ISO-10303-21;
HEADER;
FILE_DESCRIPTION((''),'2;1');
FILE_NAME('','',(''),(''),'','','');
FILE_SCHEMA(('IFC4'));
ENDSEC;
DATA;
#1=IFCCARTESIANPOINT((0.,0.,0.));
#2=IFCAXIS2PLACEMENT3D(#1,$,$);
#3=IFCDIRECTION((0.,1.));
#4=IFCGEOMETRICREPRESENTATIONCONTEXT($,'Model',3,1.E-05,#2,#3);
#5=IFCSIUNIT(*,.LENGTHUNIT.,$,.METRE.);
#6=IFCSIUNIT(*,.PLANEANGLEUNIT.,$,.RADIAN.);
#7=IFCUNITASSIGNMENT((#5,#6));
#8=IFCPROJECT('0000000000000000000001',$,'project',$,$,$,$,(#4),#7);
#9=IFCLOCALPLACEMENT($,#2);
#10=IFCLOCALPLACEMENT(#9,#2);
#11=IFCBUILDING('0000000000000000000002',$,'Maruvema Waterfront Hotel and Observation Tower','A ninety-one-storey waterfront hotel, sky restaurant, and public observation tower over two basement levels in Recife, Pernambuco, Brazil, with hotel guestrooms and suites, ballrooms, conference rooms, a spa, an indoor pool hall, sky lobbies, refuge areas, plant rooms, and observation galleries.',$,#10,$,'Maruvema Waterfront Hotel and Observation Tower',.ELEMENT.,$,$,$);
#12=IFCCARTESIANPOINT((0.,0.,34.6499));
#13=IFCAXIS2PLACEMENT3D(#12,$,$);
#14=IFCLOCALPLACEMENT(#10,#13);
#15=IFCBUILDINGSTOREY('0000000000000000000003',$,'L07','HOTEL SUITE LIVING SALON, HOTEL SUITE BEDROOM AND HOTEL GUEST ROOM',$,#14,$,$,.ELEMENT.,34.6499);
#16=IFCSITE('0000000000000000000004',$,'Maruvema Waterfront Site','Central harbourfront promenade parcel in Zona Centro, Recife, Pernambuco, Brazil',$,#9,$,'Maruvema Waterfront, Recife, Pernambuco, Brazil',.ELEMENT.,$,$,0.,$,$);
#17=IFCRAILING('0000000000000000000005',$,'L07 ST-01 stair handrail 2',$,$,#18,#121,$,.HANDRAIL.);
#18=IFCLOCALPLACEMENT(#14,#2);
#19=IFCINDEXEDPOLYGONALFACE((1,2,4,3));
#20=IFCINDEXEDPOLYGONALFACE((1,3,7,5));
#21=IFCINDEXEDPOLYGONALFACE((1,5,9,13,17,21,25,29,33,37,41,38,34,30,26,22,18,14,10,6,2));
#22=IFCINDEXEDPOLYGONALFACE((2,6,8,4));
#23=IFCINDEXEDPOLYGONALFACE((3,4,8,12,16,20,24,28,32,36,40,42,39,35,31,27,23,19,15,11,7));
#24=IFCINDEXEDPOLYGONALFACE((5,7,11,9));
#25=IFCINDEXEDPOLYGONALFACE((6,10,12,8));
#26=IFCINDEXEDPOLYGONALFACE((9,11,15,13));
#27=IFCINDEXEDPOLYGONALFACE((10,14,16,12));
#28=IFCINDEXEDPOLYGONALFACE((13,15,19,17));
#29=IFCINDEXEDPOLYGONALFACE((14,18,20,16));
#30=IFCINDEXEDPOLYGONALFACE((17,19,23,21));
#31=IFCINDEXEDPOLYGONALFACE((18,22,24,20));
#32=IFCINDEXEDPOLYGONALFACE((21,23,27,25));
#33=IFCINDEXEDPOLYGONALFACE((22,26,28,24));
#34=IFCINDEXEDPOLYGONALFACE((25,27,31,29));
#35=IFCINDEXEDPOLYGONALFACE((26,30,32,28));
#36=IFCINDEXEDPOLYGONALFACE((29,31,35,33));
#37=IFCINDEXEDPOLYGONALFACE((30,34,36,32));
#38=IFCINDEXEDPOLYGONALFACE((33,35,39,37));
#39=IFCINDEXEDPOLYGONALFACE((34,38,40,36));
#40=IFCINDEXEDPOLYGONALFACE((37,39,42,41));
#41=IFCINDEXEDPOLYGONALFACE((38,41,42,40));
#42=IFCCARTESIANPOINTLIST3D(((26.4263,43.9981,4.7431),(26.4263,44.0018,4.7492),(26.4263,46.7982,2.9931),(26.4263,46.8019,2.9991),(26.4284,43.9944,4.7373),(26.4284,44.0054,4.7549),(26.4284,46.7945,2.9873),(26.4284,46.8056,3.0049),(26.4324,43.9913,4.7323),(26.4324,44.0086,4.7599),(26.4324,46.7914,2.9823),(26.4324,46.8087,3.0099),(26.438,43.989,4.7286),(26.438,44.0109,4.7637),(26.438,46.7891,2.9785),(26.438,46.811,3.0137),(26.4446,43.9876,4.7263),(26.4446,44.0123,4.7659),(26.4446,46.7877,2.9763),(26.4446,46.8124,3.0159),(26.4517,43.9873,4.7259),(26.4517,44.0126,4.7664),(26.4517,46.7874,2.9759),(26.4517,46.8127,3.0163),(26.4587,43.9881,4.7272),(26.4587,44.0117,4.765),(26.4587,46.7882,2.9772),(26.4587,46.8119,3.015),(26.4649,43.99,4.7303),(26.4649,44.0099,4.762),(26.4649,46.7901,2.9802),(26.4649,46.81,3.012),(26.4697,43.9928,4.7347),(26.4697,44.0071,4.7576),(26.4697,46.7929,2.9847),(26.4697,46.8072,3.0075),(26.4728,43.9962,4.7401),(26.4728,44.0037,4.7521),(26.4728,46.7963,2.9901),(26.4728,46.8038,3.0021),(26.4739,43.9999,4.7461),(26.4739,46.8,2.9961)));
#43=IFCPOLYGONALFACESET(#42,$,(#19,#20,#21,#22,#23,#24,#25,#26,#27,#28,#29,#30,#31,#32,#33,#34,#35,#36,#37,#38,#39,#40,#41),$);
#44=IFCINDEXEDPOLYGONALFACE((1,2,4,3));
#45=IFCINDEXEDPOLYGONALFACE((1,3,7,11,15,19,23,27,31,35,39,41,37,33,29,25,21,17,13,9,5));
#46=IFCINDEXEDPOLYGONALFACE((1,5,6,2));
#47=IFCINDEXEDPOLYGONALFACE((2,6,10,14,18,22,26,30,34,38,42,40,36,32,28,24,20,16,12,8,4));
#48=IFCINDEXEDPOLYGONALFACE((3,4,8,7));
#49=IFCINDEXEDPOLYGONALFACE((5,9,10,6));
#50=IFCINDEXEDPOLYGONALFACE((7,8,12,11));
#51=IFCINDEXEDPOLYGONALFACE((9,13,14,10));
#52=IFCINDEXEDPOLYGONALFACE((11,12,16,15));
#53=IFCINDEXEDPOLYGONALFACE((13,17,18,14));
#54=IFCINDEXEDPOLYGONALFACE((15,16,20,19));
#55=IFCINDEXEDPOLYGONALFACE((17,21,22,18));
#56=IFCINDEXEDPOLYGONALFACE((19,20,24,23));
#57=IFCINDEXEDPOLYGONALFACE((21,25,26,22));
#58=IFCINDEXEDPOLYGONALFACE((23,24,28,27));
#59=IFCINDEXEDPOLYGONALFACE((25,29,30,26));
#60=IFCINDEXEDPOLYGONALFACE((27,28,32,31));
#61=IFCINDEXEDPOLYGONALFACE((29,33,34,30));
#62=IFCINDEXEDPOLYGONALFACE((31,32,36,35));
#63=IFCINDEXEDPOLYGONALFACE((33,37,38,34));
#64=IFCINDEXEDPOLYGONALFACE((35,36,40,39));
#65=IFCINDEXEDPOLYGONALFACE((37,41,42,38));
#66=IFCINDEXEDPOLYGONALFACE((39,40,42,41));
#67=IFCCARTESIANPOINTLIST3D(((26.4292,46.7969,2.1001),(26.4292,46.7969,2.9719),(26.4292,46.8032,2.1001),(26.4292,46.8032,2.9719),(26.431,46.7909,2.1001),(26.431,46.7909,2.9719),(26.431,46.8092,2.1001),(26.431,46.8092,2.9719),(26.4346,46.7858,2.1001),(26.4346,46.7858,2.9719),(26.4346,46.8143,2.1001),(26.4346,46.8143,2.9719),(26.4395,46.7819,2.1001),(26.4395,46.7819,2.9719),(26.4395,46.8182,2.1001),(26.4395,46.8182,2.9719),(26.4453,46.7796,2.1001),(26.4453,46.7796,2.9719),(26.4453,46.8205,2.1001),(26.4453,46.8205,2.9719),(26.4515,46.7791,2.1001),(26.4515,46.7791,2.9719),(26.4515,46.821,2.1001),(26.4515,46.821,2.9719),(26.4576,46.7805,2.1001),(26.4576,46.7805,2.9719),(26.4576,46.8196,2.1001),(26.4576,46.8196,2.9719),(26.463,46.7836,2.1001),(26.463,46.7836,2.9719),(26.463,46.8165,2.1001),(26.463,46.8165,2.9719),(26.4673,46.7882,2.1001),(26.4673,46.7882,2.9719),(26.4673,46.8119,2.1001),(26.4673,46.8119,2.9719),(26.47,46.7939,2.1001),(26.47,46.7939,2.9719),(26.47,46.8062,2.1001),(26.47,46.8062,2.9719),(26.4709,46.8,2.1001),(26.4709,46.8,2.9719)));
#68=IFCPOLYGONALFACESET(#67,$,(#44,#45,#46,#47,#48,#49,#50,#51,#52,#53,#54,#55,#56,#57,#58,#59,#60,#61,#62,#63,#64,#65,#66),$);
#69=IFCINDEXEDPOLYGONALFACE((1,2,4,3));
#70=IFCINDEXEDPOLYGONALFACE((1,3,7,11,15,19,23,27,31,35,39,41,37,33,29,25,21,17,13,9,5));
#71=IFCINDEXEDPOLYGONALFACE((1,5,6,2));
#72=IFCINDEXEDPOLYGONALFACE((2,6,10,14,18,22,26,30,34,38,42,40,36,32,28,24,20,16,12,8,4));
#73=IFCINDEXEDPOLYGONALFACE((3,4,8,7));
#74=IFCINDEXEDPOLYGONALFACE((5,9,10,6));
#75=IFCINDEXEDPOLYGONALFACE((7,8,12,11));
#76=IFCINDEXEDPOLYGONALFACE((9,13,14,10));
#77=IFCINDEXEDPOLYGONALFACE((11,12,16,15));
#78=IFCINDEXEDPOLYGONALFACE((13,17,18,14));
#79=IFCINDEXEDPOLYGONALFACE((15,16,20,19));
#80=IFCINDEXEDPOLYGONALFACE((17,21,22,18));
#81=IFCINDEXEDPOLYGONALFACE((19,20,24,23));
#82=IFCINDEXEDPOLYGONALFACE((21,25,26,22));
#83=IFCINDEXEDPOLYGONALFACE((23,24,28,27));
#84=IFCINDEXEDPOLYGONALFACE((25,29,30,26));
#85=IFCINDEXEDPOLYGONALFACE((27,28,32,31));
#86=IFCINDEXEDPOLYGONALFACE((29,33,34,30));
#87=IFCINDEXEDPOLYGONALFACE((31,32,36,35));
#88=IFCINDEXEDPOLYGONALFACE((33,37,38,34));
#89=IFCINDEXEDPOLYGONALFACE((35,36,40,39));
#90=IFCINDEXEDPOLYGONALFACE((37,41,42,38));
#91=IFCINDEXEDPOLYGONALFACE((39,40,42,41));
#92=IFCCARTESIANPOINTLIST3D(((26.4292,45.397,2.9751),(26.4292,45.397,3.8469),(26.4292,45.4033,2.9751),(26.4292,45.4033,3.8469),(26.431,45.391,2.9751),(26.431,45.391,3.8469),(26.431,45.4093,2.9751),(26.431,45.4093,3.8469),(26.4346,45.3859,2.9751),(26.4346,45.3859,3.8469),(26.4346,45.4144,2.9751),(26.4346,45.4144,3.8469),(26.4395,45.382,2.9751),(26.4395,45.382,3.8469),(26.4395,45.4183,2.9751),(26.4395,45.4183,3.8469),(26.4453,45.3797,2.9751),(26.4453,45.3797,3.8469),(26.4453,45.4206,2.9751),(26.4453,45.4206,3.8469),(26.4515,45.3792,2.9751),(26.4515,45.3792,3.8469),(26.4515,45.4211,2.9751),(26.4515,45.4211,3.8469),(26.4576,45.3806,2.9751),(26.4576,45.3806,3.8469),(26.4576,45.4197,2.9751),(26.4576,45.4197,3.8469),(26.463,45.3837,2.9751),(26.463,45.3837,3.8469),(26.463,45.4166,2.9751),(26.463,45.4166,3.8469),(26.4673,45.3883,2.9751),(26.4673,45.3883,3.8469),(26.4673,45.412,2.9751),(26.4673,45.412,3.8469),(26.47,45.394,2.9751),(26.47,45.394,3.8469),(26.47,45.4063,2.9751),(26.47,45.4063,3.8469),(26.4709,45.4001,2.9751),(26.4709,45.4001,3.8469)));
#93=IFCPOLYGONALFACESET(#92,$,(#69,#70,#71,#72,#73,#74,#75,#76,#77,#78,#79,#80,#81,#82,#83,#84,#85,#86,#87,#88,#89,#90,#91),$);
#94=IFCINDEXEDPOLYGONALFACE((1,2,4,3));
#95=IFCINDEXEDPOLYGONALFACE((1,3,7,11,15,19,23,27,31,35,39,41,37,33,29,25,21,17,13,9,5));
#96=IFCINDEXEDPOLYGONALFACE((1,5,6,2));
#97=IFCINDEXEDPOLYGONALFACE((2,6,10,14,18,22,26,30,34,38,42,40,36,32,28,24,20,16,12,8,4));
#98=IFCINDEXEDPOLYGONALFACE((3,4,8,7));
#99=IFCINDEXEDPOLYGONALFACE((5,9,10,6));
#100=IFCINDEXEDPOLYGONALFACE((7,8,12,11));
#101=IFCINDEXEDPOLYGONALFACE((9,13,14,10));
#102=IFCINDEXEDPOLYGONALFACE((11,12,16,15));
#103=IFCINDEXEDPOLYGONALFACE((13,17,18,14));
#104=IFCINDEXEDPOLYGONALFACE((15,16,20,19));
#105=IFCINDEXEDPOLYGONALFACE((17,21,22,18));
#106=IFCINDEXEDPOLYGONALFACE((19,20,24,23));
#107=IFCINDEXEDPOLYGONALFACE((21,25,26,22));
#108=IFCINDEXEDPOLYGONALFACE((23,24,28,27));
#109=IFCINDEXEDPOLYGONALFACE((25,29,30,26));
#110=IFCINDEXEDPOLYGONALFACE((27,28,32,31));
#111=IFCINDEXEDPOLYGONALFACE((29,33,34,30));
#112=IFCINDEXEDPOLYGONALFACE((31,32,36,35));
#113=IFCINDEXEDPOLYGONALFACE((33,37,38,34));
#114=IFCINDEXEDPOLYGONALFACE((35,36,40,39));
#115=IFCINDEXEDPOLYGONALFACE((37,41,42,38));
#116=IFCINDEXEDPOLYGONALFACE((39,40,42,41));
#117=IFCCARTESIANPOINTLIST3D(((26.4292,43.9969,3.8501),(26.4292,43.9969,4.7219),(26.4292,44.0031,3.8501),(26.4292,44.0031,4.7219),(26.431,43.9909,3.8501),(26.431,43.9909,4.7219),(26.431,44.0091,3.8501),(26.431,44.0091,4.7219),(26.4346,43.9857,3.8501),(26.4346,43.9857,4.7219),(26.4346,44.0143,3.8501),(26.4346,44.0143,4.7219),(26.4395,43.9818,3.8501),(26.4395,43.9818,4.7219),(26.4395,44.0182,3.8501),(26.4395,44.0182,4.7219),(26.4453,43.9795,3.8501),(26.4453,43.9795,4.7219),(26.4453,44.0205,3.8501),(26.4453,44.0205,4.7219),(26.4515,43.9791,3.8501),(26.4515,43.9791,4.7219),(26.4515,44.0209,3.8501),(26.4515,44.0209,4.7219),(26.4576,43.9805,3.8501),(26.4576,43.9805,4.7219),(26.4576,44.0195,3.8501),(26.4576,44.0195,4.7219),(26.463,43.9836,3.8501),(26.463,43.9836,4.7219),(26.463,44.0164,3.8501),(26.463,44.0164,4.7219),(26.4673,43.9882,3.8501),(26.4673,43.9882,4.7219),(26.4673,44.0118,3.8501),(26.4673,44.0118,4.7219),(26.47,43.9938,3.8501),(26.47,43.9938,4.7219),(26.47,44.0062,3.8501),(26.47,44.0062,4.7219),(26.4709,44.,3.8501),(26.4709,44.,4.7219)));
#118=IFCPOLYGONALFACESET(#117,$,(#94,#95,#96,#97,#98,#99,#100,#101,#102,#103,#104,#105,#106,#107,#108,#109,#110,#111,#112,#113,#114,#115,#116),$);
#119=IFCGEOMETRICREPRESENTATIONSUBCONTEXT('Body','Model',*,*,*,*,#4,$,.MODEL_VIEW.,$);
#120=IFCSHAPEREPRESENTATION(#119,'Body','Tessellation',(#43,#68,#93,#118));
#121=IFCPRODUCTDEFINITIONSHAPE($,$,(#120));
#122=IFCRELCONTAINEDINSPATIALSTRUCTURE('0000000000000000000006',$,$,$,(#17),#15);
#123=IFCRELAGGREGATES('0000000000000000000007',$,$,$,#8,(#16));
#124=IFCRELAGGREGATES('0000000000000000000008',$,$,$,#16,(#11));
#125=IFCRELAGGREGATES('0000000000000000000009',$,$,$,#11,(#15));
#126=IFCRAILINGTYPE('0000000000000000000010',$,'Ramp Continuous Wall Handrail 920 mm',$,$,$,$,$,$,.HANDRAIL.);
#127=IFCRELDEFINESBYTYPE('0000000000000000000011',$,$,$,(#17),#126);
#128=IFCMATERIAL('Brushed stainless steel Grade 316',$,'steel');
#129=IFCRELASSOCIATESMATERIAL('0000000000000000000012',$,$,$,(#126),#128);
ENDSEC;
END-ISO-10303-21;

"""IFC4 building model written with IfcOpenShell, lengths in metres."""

from ifc_helpers import new_model, si_unit, direction, frame, origin, origin_2d, place, context, subcontext, project, spatial, circle, extrude, material, type_object, element, save


model = new_model("IFC4")

# Units and contexts
model_context = context("Model", 3, precision=1e-05, world=origin(), true_north=direction((0.0, 1.0)))
body_context = subcontext(model_context, "Body", "Model", "MODEL_VIEW")
ifc_project = project(units=[si_unit("LENGTHUNIT", "METRE"), si_unit("PLANEANGLEUNIT", "RADIAN")], contexts=[model_context])

# Site, building, storey
site_placement = place(None, origin())
site = spatial("IfcSite", under=ifc_project, at=site_placement, Name="Maruvema Waterfront Site", Description="Central harbourfront promenade parcel in Zona Centro, Recife, Pernambuco, Brazil", LongName="Maruvema Waterfront, Recife, Pernambuco, Brazil", CompositionType="ELEMENT", RefElevation=0.0)
building_placement = place(site_placement, origin())
building = spatial("IfcBuilding", under=site, at=building_placement, Name="Maruvema Waterfront Hotel and Observation Tower", Description="A ninety-one-storey waterfront hotel, sky restaurant, and public observation tower over two basement levels in Recife, Pernambuco, Brazil, with hotel guestrooms and suites, ballrooms, conference rooms, a spa, an indoor pool hall, sky lobbies, refuge areas, plant rooms, and observation galleries.", LongName="Maruvema Waterfront Hotel and Observation Tower", CompositionType="ELEMENT")
storey_placement = place(building_placement, frame((0.0, 0.0, 34.6499)))
storey = spatial("IfcBuildingStorey", under=building, at=storey_placement, Name="L07", Description="HOTEL SUITE LIVING SALON, HOTEL SUITE BEDROOM AND HOTEL GUEST ROOM", CompositionType="ELEMENT", Elevation=34.6499)

# Railing
ifc_material_1 = material(Name="Brushed stainless steel Grade 316", Category="steel")
railing_type_1 = type_object("IfcRailingType", Name="Ramp Continuous Wall Handrail 920 mm", PredefinedType="HANDRAIL", material=ifc_material_1)
railing_1_placement = place(storey_placement, frame((26.45, 46.8, 2.1001)))
element("IfcRailing", 1, at=railing_1_placement, inside=storey, type_object=railing_type_1, Name="L07 ST-01 stair handrail 2", PredefinedType="HANDRAIL", context=body_context, shape_type="SweptSolid", body=[
    extrude(circle(Radius=0.0239, at=origin_2d()), frame((0.0, 0.0, 0.896), z_axis=(0.0, -0.848002, 0.529992), x_axis=(1.0, 0.0, 0.0)), (0.0, 0.0, 1.0), 3.302),
    extrude(circle(Radius=0.021, at=origin_2d()), origin(), (0.0, 0.0, 1.0), 0.8718),
    extrude(circle(Radius=0.021, at=origin_2d()), frame((0.0, -1.3999, 0.875)), (0.0, 0.0, 1.0), 0.8718),
    extrude(circle(Radius=0.021, at=origin_2d()), frame((0.0, -2.8, 1.75)), (0.0, 0.0, 1.0), 0.8718),
])

save(model, "model.ifc")
